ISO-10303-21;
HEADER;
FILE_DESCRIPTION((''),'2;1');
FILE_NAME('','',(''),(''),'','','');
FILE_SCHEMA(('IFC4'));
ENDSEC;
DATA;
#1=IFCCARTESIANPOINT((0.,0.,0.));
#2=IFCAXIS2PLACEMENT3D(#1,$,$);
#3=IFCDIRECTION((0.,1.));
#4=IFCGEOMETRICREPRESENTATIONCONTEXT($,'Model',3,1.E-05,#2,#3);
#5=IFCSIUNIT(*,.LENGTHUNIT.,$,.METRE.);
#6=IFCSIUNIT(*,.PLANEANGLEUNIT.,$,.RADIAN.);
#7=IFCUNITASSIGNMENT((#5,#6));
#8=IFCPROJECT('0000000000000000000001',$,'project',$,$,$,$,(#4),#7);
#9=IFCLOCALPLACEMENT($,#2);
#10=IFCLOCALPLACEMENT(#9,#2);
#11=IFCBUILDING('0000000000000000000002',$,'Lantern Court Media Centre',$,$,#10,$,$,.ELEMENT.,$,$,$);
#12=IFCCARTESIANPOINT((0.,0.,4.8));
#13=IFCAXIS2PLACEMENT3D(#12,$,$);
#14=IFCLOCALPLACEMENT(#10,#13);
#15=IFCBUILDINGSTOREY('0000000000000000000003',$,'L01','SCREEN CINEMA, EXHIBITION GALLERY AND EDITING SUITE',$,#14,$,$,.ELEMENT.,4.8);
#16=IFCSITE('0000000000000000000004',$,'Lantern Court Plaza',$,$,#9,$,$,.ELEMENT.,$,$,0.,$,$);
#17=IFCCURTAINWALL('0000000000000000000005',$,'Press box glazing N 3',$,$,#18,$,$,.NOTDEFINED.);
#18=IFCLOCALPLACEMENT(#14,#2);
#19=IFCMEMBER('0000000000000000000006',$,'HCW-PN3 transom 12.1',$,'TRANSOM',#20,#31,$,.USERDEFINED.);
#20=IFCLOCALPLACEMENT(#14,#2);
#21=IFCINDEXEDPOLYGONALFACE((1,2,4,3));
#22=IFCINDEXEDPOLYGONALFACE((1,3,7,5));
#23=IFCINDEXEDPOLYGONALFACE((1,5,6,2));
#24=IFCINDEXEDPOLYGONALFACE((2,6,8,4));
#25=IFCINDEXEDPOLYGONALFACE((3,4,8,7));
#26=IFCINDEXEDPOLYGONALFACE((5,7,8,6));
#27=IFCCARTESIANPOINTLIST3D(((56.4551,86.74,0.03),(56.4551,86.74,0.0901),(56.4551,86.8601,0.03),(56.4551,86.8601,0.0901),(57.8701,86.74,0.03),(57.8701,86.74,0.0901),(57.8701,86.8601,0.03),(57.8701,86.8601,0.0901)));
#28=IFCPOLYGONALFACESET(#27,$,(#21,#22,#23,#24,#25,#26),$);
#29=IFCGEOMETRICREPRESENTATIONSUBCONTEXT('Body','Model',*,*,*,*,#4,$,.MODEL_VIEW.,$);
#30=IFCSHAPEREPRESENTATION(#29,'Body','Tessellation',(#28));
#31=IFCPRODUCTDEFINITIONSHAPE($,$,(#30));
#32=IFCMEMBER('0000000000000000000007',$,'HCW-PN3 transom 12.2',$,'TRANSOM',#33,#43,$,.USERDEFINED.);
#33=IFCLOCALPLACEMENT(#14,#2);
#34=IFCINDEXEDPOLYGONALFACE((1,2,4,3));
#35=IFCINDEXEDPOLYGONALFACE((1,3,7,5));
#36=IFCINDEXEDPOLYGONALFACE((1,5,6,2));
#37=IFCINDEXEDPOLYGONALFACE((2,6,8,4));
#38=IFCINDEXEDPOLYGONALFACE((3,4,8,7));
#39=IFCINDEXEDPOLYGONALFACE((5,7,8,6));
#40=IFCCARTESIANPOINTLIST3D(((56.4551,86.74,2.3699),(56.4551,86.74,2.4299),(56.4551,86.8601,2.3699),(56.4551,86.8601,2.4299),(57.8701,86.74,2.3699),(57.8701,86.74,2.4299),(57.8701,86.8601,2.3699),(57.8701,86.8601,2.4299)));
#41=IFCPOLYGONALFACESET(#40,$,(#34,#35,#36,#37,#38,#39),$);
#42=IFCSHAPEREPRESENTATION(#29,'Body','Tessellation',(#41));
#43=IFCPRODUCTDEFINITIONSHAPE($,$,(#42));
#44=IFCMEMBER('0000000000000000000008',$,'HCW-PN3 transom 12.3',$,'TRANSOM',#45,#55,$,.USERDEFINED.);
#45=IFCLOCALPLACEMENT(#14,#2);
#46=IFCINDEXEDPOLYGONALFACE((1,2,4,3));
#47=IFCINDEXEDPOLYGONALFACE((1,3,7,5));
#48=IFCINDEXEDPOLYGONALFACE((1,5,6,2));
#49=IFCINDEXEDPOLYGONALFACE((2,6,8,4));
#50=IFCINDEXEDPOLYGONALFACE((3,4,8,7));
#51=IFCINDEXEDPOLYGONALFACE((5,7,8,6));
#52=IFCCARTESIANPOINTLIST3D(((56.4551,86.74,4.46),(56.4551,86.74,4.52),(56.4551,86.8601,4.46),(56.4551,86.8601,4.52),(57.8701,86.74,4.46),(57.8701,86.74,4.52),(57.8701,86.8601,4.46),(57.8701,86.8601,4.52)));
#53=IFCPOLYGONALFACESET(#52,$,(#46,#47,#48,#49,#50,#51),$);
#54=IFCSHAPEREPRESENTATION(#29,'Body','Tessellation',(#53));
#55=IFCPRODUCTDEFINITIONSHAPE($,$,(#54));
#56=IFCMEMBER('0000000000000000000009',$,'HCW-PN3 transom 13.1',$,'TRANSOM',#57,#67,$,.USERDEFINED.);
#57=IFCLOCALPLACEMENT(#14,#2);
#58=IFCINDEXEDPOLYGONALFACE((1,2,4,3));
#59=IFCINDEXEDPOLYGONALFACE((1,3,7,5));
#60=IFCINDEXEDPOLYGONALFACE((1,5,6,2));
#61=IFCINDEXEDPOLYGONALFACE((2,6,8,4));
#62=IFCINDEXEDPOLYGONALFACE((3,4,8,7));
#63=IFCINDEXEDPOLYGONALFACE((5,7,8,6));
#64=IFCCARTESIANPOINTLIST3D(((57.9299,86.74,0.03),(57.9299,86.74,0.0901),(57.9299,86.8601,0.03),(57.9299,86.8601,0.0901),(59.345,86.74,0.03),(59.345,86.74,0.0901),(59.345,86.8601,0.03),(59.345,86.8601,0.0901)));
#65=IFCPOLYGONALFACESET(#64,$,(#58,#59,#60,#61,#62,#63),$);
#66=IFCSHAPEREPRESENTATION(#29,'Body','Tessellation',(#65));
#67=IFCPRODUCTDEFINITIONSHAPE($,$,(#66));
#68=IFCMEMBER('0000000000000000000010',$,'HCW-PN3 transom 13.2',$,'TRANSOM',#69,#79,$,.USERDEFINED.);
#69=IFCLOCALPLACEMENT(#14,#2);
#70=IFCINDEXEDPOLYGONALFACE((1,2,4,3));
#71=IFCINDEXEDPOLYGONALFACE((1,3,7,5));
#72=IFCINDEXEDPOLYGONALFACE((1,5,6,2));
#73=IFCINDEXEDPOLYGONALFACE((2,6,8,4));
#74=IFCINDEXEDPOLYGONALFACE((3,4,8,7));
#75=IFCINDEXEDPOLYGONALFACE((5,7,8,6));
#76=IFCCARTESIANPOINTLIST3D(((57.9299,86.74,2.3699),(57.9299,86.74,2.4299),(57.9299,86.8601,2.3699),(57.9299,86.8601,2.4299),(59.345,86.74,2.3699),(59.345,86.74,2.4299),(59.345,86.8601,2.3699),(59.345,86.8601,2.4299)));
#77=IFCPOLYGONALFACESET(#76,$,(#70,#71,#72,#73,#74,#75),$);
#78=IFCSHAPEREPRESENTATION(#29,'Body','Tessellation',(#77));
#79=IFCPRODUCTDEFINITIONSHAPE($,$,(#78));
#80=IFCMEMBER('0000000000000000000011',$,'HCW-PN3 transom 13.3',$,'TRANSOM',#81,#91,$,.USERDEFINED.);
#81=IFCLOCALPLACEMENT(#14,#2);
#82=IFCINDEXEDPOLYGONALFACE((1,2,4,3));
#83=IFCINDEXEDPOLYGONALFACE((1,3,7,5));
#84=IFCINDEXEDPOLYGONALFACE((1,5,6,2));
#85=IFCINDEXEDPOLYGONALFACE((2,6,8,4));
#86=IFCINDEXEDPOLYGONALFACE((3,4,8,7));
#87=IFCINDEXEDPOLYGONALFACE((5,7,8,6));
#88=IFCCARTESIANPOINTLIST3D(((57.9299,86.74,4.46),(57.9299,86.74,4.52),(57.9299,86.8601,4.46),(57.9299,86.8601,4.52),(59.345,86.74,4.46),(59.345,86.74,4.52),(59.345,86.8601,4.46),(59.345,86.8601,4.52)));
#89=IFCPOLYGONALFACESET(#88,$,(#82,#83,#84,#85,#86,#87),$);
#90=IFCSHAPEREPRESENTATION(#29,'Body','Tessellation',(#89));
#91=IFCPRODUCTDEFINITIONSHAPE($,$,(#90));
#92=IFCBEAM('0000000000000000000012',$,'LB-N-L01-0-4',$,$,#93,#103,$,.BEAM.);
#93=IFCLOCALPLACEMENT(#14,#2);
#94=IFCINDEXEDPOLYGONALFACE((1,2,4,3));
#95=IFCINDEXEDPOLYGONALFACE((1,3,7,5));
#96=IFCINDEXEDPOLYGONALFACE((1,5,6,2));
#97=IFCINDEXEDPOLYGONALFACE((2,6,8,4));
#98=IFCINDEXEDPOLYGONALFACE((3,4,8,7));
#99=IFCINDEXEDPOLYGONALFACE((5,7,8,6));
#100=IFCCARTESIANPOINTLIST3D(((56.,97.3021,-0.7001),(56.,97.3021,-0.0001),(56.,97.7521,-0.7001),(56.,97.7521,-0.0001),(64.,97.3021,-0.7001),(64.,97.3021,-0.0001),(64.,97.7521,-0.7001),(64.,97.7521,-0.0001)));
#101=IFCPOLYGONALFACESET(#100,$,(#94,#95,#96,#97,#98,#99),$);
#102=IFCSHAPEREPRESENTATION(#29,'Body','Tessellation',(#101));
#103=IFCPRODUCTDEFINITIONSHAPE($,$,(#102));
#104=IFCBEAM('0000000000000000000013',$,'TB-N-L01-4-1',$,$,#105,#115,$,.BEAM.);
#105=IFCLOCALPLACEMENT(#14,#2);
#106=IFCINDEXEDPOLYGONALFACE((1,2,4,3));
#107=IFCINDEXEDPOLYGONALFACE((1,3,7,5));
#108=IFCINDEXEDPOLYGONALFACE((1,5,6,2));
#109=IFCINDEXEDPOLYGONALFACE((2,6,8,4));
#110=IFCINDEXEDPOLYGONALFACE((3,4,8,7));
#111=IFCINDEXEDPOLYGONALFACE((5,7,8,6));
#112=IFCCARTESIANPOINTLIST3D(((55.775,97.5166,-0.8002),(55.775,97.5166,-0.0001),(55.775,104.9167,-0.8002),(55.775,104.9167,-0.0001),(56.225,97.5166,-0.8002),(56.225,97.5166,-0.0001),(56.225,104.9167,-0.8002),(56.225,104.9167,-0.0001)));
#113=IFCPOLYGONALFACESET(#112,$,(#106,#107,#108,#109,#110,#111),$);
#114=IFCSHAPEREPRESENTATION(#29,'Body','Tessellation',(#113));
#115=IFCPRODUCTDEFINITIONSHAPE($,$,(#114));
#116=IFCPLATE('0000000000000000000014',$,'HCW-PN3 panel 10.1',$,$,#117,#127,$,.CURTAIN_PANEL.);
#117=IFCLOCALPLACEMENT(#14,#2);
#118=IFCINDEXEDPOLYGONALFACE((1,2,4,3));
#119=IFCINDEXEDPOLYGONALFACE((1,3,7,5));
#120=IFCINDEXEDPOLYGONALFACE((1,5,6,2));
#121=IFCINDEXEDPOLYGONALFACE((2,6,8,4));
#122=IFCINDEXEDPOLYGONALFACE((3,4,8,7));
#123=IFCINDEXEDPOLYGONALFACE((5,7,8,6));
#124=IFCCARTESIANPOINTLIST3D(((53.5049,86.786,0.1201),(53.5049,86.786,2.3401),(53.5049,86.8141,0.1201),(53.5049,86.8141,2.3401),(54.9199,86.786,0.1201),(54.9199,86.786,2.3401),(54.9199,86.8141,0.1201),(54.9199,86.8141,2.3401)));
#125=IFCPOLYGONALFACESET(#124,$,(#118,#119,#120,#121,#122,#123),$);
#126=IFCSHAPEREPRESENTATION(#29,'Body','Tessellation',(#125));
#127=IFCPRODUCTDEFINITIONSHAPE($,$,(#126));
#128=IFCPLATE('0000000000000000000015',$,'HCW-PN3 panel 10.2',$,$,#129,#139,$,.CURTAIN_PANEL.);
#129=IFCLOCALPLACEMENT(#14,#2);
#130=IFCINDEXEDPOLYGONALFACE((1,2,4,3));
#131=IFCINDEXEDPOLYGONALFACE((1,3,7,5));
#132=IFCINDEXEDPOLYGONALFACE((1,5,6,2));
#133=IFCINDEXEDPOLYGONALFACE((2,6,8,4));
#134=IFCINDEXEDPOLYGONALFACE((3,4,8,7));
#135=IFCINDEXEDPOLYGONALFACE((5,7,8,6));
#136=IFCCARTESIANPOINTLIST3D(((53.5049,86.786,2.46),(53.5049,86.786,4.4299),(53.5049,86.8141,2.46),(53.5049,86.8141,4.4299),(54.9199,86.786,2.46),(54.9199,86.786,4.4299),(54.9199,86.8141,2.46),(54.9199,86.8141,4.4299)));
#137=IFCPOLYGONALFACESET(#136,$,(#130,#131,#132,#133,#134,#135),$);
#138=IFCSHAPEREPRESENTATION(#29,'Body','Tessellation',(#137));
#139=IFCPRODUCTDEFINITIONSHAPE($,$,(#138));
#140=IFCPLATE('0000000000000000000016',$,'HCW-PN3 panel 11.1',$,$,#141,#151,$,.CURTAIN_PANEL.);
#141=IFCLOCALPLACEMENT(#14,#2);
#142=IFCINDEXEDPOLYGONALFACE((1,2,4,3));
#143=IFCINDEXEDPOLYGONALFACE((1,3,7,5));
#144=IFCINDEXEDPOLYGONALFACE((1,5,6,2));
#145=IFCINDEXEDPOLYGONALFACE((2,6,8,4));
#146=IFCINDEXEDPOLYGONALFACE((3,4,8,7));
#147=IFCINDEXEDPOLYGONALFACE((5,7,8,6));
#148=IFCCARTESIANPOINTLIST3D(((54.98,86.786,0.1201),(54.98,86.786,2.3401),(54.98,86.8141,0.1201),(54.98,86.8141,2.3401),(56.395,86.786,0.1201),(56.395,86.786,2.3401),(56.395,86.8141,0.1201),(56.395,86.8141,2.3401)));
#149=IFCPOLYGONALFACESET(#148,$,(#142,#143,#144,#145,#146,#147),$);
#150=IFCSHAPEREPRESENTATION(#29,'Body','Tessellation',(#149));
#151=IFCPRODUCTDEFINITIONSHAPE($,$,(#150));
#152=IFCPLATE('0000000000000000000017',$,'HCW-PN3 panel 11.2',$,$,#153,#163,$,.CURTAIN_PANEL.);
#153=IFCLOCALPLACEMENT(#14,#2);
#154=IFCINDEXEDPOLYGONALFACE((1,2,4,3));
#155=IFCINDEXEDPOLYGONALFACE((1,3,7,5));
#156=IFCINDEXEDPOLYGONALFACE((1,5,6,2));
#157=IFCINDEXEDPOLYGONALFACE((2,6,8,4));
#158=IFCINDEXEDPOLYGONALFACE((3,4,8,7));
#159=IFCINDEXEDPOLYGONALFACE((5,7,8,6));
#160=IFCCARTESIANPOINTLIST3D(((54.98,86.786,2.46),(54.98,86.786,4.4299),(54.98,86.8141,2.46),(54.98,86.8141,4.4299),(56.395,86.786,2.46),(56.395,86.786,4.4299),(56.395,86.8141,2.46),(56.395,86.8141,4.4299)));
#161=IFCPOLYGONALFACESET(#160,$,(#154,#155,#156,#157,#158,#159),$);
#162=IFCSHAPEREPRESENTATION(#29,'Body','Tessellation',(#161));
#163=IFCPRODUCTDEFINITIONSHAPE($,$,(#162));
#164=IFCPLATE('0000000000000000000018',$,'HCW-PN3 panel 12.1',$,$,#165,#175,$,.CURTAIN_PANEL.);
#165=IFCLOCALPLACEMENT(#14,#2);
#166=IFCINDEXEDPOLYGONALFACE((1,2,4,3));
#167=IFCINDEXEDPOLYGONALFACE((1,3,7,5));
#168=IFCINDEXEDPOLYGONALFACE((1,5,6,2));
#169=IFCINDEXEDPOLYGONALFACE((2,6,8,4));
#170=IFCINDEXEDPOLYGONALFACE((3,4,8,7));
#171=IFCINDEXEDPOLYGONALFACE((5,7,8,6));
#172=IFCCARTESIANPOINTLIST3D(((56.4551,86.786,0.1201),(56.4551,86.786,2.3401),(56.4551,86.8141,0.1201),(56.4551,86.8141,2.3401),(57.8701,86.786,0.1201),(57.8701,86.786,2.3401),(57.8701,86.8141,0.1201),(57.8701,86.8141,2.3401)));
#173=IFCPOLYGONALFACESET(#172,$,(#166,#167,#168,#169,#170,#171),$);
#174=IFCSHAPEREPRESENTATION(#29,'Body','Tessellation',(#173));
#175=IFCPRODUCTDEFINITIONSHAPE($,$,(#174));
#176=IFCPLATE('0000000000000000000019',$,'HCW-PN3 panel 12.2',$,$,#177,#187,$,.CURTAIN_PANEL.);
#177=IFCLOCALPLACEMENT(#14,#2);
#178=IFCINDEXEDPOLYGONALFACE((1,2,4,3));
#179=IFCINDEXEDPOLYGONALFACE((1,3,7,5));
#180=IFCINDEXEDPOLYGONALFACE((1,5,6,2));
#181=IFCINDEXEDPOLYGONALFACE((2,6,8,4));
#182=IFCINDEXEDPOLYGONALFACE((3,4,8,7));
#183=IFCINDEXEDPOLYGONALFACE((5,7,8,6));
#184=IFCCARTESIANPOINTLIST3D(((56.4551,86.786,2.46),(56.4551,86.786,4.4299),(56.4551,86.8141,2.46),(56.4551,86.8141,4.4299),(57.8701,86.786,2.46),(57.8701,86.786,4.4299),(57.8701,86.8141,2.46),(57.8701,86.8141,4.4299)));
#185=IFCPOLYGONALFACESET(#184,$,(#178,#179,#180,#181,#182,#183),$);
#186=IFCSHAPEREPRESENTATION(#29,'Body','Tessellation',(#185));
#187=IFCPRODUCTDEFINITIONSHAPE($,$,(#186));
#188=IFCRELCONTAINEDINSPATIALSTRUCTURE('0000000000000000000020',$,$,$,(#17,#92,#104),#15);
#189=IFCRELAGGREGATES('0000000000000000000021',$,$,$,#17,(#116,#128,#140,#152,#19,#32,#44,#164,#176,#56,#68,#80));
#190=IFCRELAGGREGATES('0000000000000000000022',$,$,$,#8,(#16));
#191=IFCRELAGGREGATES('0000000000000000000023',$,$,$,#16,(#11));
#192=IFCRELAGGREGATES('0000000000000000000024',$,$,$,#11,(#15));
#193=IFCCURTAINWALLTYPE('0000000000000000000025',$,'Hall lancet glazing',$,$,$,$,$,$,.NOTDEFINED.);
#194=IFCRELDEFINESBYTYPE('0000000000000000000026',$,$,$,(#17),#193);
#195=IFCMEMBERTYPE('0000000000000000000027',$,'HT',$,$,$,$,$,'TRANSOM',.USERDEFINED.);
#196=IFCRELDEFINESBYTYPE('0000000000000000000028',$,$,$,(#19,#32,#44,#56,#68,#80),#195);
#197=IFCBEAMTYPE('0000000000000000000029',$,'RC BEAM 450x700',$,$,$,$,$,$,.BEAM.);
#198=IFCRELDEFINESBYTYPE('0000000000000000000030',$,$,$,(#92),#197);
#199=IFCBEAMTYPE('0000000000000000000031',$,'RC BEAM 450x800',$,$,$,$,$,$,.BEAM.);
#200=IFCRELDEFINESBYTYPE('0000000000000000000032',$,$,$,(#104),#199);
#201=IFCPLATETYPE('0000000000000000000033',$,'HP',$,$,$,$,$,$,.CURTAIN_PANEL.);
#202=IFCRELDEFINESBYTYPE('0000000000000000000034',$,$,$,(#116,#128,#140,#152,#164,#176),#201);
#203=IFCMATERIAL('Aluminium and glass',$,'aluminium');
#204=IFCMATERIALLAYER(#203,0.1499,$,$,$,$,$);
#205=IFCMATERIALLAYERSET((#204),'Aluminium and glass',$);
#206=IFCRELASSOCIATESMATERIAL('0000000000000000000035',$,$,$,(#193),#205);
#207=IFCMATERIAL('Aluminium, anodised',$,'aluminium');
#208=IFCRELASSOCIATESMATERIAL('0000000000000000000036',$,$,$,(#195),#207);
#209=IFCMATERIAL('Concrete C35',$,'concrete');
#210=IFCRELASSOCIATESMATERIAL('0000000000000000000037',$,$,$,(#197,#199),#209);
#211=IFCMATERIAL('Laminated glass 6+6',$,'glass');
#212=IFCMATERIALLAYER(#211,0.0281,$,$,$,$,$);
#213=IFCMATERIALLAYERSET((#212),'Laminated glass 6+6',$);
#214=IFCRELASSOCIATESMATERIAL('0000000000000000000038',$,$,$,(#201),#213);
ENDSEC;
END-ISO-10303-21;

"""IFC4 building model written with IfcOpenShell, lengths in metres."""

from ifc_helpers import new_model, si_unit, direction, frame, origin, origin_2d, place, context, subcontext, project, spatial, rectangle, extrude, material, layer, layer_set, material_profile, profile_set, type_object, element, aggregate, save


model = new_model("IFC4")

# Units and contexts
model_context = context("Model", 3, precision=1e-05, world=origin(), true_north=direction((0.0, 1.0)))
body_context = subcontext(model_context, "Body", "Model", "MODEL_VIEW")
ifc_project = project(units=[si_unit("LENGTHUNIT", "METRE"), si_unit("PLANEANGLEUNIT", "RADIAN")], contexts=[model_context])

# Site, building, storey
site_placement = place(None, origin())
site = spatial("IfcSite", under=ifc_project, at=site_placement, Name="Lantern Court Plaza", CompositionType="ELEMENT", RefElevation=0.0)
building_placement = place(site_placement, origin())
building = spatial("IfcBuilding", under=site, at=building_placement, Name="Lantern Court Media Centre", CompositionType="ELEMENT")
storey_placement = place(building_placement, frame((0.0, 0.0, 4.8)))
storey = spatial("IfcBuildingStorey", under=building, at=storey_placement, Name="L01", Description="SCREEN CINEMA, EXHIBITION GALLERY AND EDITING SUITE", CompositionType="ELEMENT", Elevation=4.8)

# Shared definitions
ifc_material_1 = material(Name="Concrete C35", Category="concrete")

# Curtain wall, members
ifc_material_2 = material(Name="Aluminium and glass", Category="aluminium")
ifc_layer_1 = layer(ifc_material_2, 0.1499)
ifc_layer_set_1 = layer_set([ifc_layer_1], Name="Aluminium and glass")
curtain_wall_type = type_object("IfcCurtainWallType", Name="Hall lancet glazing", PredefinedType="NOTDEFINED", material=ifc_layer_set_1)
curtain_wall_placement = place(storey_placement, origin())
curtain_wall = element("IfcCurtainWall", 1, at=curtain_wall_placement, inside=storey, type_object=curtain_wall_type, Name="Press box glazing N 3", PredefinedType="NOTDEFINED")
ifc_material_3 = material(Name="Aluminium, anodised", Category="aluminium")
ifc_material_profile_1 = material_profile(ifc_material_3, rectangle(XDim=0.1201, YDim=0.0601, at=origin_2d()), Name="HT")
ifc_profile_set_1 = profile_set([ifc_material_profile_1], Name="Aluminium, anodised")
member_type_1 = type_object("IfcMemberType", Name="HT", ElementType="TRANSOM", PredefinedType="USERDEFINED", material=ifc_profile_set_1)
member_1_placement = place(storey_placement, frame((56.4551, 86.8, 0.0601), z_axis=(1.0, 0.0, 0.0), x_axis=(0.0, 1.0, 0.0)))
member_1 = element("IfcMember", 2, at=member_1_placement, type_object=member_type_1, Name="HCW-PN3 transom 12.1", ObjectType="TRANSOM", PredefinedType="USERDEFINED", context=body_context, shape_type="SweptSolid", body=[
    extrude(rectangle(XDim=0.1201, YDim=0.0601, at=origin_2d()), origin(), (0.0, 0.0, 1.0), 1.415),
])
member_2_placement = place(storey_placement, frame((56.4551, 86.8, 2.3999), z_axis=(1.0, 0.0, 0.0), x_axis=(0.0, 1.0, 0.0)))
member_2 = element("IfcMember", 3, at=member_2_placement, type_object=member_type_1, Name="HCW-PN3 transom 12.2", ObjectType="TRANSOM", PredefinedType="USERDEFINED", context=body_context, shape_type="SweptSolid", body=[
    extrude(rectangle(XDim=0.1201, YDim=0.0601, at=origin_2d()), origin(), (0.0, 0.0, 1.0), 1.415),
])
member_3_placement = place(storey_placement, frame((56.4551, 86.8, 4.49), z_axis=(1.0, 0.0, 0.0), x_axis=(0.0, 1.0, 0.0)))
member_3 = element("IfcMember", 4, at=member_3_placement, type_object=member_type_1, Name="HCW-PN3 transom 12.3", ObjectType="TRANSOM", PredefinedType="USERDEFINED", context=body_context, shape_type="SweptSolid", body=[
    extrude(rectangle(XDim=0.1201, YDim=0.0601, at=origin_2d()), origin(), (0.0, 0.0, 1.0), 1.415),
])
member_4_placement = place(storey_placement, frame((57.9299, 86.8, 0.0601), z_axis=(1.0, 0.0, 0.0), x_axis=(0.0, 1.0, 0.0)))
member_4 = element("IfcMember", 5, at=member_4_placement, type_object=member_type_1, Name="HCW-PN3 transom 13.1", ObjectType="TRANSOM", PredefinedType="USERDEFINED", context=body_context, shape_type="SweptSolid", body=[
    extrude(rectangle(XDim=0.1201, YDim=0.0601, at=origin_2d()), origin(), (0.0, 0.0, 1.0), 1.415),
])
member_5_placement = place(storey_placement, frame((57.9299, 86.8, 2.3999), z_axis=(1.0, 0.0, 0.0), x_axis=(0.0, 1.0, 0.0)))
member_5 = element("IfcMember", 6, at=member_5_placement, type_object=member_type_1, Name="HCW-PN3 transom 13.2", ObjectType="TRANSOM", PredefinedType="USERDEFINED", context=body_context, shape_type="SweptSolid", body=[
    extrude(rectangle(XDim=0.1201, YDim=0.0601, at=origin_2d()), origin(), (0.0, 0.0, 1.0), 1.415),
])
member_6_placement = place(storey_placement, frame((57.9299, 86.8, 4.49), z_axis=(1.0, 0.0, 0.0), x_axis=(0.0, 1.0, 0.0)))
member_6 = element("IfcMember", 7, at=member_6_placement, type_object=member_type_1, Name="HCW-PN3 transom 13.3", ObjectType="TRANSOM", PredefinedType="USERDEFINED", context=body_context, shape_type="SweptSolid", body=[
    extrude(rectangle(XDim=0.1201, YDim=0.0601, at=origin_2d()), origin(), (0.0, 0.0, 1.0), 1.415),
])

# Beams
ifc_material_profile_2 = material_profile(ifc_material_1, rectangle(XDim=0.45, YDim=0.7, at=origin_2d()), Name="RC 450x700")
ifc_profile_set_2 = profile_set([ifc_material_profile_2], Name="Concrete C35")
beam_type_1 = type_object("IfcBeamType", Name="RC BEAM 450x700", PredefinedType="BEAM", material=ifc_profile_set_2)
beam_1_placement = place(storey_placement, frame((56.0, 97.5271, -0.3501), z_axis=(1.0, 0.0, 0.0), x_axis=(0.0, 1.0, 0.0)))
element("IfcBeam", 8, at=beam_1_placement, inside=storey, type_object=beam_type_1, Name="LB-N-L01-0-4", PredefinedType="BEAM", context=body_context, shape_type="SweptSolid", body=[
    extrude(rectangle(XDim=0.45, YDim=0.7, at=origin_2d()), origin(), (0.0, 0.0, 1.0), 8.0),
])
ifc_material_profile_3 = material_profile(ifc_material_1, rectangle(XDim=0.45, YDim=0.8, at=origin_2d()), Name="RC 450x800")
ifc_profile_set_3 = profile_set([ifc_material_profile_3], Name="Concrete C35")
beam_type_2 = type_object("IfcBeamType", Name="RC BEAM 450x800", PredefinedType="BEAM", material=ifc_profile_set_3)
beam_2_placement = place(storey_placement, frame((56.0, 97.5166, -0.4001), z_axis=(0.0, 1.0, 0.0), x_axis=(-1.0, 0.0, 0.0)))
element("IfcBeam", 9, at=beam_2_placement, inside=storey, type_object=beam_type_2, Name="TB-N-L01-4-1", PredefinedType="BEAM", context=body_context, shape_type="SweptSolid", body=[
    extrude(rectangle(XDim=0.45, YDim=0.8, at=origin_2d()), origin(), (0.0, 0.0, 1.0), 7.4001),
])

# Plates
ifc_material_4 = material(Name="Laminated glass 6+6", Category="glass")
ifc_layer_2 = layer(ifc_material_4, 0.0281)
ifc_layer_set_2 = layer_set([ifc_layer_2], Name="Laminated glass 6+6")
plate_type = type_object("IfcPlateType", Name="HP", PredefinedType="CURTAIN_PANEL", material=ifc_layer_set_2)
plate_1_placement = place(storey_placement, frame((54.2124, 86.8, 0.1201), z_axis=(0.0, 0.0, 1.0), x_axis=(1.0, 0.0, 0.0)))
plate_1 = element("IfcPlate", 10, at=plate_1_placement, type_object=plate_type, Name="HCW-PN3 panel 10.1", PredefinedType="CURTAIN_PANEL", context=body_context, shape_type="SweptSolid", body=[
    extrude(rectangle(XDim=1.415, YDim=0.0281, at=origin_2d()), origin(), (0.0, 0.0, 1.0), 2.22),
])
plate_2_placement = place(storey_placement, frame((54.2124, 86.8, 2.46), z_axis=(0.0, 0.0, 1.0), x_axis=(1.0, 0.0, 0.0)))
plate_2 = element("IfcPlate", 11, at=plate_2_placement, type_object=plate_type, Name="HCW-PN3 panel 10.2", PredefinedType="CURTAIN_PANEL", context=body_context, shape_type="SweptSolid", body=[
    extrude(rectangle(XDim=1.415, YDim=0.0281, at=origin_2d()), origin(), (0.0, 0.0, 1.0), 1.97),
])
plate_3_placement = place(storey_placement, frame((55.6875, 86.8, 0.1201), z_axis=(0.0, 0.0, 1.0), x_axis=(1.0, 0.0, 0.0)))
plate_3 = element("IfcPlate", 12, at=plate_3_placement, type_object=plate_type, Name="HCW-PN3 panel 11.1", PredefinedType="CURTAIN_PANEL", context=body_context, shape_type="SweptSolid", body=[
    extrude(rectangle(XDim=1.415, YDim=0.0281, at=origin_2d()), origin(), (0.0, 0.0, 1.0), 2.22),
])
plate_4_placement = place(storey_placement, frame((55.6875, 86.8, 2.46), z_axis=(0.0, 0.0, 1.0), x_axis=(1.0, 0.0, 0.0)))
plate_4 = element("IfcPlate", 13, at=plate_4_placement, type_object=plate_type, Name="HCW-PN3 panel 11.2", PredefinedType="CURTAIN_PANEL", context=body_context, shape_type="SweptSolid", body=[
    extrude(rectangle(XDim=1.415, YDim=0.0281, at=origin_2d()), origin(), (0.0, 0.0, 1.0), 1.97),
])
plate_5_placement = place(storey_placement, frame((57.1626, 86.8, 0.1201), z_axis=(0.0, 0.0, 1.0), x_axis=(1.0, 0.0, 0.0)))
plate_5 = element("IfcPlate", 14, at=plate_5_placement, type_object=plate_type, Name="HCW-PN3 panel 12.1", PredefinedType="CURTAIN_PANEL", context=body_context, shape_type="SweptSolid", body=[
    extrude(rectangle(XDim=1.415, YDim=0.0281, at=origin_2d()), origin(), (0.0, 0.0, 1.0), 2.22),
])
plate_6_placement = place(storey_placement, frame((57.1626, 86.8, 2.46), z_axis=(0.0, 0.0, 1.0), x_axis=(1.0, 0.0, 0.0)))
plate_6 = element("IfcPlate", 15, at=plate_6_placement, type_object=plate_type, Name="HCW-PN3 panel 12.2", PredefinedType="CURTAIN_PANEL", context=body_context, shape_type="SweptSolid", body=[
    extrude(rectangle(XDim=1.415, YDim=0.0281, at=origin_2d()), origin(), (0.0, 0.0, 1.0), 1.97),
])
aggregate(curtain_wall, [plate_1, plate_2, plate_3, plate_4, member_1, member_2, member_3, plate_5, plate_6, member_4, member_5, member_6])

save(model, "model.ifc")
